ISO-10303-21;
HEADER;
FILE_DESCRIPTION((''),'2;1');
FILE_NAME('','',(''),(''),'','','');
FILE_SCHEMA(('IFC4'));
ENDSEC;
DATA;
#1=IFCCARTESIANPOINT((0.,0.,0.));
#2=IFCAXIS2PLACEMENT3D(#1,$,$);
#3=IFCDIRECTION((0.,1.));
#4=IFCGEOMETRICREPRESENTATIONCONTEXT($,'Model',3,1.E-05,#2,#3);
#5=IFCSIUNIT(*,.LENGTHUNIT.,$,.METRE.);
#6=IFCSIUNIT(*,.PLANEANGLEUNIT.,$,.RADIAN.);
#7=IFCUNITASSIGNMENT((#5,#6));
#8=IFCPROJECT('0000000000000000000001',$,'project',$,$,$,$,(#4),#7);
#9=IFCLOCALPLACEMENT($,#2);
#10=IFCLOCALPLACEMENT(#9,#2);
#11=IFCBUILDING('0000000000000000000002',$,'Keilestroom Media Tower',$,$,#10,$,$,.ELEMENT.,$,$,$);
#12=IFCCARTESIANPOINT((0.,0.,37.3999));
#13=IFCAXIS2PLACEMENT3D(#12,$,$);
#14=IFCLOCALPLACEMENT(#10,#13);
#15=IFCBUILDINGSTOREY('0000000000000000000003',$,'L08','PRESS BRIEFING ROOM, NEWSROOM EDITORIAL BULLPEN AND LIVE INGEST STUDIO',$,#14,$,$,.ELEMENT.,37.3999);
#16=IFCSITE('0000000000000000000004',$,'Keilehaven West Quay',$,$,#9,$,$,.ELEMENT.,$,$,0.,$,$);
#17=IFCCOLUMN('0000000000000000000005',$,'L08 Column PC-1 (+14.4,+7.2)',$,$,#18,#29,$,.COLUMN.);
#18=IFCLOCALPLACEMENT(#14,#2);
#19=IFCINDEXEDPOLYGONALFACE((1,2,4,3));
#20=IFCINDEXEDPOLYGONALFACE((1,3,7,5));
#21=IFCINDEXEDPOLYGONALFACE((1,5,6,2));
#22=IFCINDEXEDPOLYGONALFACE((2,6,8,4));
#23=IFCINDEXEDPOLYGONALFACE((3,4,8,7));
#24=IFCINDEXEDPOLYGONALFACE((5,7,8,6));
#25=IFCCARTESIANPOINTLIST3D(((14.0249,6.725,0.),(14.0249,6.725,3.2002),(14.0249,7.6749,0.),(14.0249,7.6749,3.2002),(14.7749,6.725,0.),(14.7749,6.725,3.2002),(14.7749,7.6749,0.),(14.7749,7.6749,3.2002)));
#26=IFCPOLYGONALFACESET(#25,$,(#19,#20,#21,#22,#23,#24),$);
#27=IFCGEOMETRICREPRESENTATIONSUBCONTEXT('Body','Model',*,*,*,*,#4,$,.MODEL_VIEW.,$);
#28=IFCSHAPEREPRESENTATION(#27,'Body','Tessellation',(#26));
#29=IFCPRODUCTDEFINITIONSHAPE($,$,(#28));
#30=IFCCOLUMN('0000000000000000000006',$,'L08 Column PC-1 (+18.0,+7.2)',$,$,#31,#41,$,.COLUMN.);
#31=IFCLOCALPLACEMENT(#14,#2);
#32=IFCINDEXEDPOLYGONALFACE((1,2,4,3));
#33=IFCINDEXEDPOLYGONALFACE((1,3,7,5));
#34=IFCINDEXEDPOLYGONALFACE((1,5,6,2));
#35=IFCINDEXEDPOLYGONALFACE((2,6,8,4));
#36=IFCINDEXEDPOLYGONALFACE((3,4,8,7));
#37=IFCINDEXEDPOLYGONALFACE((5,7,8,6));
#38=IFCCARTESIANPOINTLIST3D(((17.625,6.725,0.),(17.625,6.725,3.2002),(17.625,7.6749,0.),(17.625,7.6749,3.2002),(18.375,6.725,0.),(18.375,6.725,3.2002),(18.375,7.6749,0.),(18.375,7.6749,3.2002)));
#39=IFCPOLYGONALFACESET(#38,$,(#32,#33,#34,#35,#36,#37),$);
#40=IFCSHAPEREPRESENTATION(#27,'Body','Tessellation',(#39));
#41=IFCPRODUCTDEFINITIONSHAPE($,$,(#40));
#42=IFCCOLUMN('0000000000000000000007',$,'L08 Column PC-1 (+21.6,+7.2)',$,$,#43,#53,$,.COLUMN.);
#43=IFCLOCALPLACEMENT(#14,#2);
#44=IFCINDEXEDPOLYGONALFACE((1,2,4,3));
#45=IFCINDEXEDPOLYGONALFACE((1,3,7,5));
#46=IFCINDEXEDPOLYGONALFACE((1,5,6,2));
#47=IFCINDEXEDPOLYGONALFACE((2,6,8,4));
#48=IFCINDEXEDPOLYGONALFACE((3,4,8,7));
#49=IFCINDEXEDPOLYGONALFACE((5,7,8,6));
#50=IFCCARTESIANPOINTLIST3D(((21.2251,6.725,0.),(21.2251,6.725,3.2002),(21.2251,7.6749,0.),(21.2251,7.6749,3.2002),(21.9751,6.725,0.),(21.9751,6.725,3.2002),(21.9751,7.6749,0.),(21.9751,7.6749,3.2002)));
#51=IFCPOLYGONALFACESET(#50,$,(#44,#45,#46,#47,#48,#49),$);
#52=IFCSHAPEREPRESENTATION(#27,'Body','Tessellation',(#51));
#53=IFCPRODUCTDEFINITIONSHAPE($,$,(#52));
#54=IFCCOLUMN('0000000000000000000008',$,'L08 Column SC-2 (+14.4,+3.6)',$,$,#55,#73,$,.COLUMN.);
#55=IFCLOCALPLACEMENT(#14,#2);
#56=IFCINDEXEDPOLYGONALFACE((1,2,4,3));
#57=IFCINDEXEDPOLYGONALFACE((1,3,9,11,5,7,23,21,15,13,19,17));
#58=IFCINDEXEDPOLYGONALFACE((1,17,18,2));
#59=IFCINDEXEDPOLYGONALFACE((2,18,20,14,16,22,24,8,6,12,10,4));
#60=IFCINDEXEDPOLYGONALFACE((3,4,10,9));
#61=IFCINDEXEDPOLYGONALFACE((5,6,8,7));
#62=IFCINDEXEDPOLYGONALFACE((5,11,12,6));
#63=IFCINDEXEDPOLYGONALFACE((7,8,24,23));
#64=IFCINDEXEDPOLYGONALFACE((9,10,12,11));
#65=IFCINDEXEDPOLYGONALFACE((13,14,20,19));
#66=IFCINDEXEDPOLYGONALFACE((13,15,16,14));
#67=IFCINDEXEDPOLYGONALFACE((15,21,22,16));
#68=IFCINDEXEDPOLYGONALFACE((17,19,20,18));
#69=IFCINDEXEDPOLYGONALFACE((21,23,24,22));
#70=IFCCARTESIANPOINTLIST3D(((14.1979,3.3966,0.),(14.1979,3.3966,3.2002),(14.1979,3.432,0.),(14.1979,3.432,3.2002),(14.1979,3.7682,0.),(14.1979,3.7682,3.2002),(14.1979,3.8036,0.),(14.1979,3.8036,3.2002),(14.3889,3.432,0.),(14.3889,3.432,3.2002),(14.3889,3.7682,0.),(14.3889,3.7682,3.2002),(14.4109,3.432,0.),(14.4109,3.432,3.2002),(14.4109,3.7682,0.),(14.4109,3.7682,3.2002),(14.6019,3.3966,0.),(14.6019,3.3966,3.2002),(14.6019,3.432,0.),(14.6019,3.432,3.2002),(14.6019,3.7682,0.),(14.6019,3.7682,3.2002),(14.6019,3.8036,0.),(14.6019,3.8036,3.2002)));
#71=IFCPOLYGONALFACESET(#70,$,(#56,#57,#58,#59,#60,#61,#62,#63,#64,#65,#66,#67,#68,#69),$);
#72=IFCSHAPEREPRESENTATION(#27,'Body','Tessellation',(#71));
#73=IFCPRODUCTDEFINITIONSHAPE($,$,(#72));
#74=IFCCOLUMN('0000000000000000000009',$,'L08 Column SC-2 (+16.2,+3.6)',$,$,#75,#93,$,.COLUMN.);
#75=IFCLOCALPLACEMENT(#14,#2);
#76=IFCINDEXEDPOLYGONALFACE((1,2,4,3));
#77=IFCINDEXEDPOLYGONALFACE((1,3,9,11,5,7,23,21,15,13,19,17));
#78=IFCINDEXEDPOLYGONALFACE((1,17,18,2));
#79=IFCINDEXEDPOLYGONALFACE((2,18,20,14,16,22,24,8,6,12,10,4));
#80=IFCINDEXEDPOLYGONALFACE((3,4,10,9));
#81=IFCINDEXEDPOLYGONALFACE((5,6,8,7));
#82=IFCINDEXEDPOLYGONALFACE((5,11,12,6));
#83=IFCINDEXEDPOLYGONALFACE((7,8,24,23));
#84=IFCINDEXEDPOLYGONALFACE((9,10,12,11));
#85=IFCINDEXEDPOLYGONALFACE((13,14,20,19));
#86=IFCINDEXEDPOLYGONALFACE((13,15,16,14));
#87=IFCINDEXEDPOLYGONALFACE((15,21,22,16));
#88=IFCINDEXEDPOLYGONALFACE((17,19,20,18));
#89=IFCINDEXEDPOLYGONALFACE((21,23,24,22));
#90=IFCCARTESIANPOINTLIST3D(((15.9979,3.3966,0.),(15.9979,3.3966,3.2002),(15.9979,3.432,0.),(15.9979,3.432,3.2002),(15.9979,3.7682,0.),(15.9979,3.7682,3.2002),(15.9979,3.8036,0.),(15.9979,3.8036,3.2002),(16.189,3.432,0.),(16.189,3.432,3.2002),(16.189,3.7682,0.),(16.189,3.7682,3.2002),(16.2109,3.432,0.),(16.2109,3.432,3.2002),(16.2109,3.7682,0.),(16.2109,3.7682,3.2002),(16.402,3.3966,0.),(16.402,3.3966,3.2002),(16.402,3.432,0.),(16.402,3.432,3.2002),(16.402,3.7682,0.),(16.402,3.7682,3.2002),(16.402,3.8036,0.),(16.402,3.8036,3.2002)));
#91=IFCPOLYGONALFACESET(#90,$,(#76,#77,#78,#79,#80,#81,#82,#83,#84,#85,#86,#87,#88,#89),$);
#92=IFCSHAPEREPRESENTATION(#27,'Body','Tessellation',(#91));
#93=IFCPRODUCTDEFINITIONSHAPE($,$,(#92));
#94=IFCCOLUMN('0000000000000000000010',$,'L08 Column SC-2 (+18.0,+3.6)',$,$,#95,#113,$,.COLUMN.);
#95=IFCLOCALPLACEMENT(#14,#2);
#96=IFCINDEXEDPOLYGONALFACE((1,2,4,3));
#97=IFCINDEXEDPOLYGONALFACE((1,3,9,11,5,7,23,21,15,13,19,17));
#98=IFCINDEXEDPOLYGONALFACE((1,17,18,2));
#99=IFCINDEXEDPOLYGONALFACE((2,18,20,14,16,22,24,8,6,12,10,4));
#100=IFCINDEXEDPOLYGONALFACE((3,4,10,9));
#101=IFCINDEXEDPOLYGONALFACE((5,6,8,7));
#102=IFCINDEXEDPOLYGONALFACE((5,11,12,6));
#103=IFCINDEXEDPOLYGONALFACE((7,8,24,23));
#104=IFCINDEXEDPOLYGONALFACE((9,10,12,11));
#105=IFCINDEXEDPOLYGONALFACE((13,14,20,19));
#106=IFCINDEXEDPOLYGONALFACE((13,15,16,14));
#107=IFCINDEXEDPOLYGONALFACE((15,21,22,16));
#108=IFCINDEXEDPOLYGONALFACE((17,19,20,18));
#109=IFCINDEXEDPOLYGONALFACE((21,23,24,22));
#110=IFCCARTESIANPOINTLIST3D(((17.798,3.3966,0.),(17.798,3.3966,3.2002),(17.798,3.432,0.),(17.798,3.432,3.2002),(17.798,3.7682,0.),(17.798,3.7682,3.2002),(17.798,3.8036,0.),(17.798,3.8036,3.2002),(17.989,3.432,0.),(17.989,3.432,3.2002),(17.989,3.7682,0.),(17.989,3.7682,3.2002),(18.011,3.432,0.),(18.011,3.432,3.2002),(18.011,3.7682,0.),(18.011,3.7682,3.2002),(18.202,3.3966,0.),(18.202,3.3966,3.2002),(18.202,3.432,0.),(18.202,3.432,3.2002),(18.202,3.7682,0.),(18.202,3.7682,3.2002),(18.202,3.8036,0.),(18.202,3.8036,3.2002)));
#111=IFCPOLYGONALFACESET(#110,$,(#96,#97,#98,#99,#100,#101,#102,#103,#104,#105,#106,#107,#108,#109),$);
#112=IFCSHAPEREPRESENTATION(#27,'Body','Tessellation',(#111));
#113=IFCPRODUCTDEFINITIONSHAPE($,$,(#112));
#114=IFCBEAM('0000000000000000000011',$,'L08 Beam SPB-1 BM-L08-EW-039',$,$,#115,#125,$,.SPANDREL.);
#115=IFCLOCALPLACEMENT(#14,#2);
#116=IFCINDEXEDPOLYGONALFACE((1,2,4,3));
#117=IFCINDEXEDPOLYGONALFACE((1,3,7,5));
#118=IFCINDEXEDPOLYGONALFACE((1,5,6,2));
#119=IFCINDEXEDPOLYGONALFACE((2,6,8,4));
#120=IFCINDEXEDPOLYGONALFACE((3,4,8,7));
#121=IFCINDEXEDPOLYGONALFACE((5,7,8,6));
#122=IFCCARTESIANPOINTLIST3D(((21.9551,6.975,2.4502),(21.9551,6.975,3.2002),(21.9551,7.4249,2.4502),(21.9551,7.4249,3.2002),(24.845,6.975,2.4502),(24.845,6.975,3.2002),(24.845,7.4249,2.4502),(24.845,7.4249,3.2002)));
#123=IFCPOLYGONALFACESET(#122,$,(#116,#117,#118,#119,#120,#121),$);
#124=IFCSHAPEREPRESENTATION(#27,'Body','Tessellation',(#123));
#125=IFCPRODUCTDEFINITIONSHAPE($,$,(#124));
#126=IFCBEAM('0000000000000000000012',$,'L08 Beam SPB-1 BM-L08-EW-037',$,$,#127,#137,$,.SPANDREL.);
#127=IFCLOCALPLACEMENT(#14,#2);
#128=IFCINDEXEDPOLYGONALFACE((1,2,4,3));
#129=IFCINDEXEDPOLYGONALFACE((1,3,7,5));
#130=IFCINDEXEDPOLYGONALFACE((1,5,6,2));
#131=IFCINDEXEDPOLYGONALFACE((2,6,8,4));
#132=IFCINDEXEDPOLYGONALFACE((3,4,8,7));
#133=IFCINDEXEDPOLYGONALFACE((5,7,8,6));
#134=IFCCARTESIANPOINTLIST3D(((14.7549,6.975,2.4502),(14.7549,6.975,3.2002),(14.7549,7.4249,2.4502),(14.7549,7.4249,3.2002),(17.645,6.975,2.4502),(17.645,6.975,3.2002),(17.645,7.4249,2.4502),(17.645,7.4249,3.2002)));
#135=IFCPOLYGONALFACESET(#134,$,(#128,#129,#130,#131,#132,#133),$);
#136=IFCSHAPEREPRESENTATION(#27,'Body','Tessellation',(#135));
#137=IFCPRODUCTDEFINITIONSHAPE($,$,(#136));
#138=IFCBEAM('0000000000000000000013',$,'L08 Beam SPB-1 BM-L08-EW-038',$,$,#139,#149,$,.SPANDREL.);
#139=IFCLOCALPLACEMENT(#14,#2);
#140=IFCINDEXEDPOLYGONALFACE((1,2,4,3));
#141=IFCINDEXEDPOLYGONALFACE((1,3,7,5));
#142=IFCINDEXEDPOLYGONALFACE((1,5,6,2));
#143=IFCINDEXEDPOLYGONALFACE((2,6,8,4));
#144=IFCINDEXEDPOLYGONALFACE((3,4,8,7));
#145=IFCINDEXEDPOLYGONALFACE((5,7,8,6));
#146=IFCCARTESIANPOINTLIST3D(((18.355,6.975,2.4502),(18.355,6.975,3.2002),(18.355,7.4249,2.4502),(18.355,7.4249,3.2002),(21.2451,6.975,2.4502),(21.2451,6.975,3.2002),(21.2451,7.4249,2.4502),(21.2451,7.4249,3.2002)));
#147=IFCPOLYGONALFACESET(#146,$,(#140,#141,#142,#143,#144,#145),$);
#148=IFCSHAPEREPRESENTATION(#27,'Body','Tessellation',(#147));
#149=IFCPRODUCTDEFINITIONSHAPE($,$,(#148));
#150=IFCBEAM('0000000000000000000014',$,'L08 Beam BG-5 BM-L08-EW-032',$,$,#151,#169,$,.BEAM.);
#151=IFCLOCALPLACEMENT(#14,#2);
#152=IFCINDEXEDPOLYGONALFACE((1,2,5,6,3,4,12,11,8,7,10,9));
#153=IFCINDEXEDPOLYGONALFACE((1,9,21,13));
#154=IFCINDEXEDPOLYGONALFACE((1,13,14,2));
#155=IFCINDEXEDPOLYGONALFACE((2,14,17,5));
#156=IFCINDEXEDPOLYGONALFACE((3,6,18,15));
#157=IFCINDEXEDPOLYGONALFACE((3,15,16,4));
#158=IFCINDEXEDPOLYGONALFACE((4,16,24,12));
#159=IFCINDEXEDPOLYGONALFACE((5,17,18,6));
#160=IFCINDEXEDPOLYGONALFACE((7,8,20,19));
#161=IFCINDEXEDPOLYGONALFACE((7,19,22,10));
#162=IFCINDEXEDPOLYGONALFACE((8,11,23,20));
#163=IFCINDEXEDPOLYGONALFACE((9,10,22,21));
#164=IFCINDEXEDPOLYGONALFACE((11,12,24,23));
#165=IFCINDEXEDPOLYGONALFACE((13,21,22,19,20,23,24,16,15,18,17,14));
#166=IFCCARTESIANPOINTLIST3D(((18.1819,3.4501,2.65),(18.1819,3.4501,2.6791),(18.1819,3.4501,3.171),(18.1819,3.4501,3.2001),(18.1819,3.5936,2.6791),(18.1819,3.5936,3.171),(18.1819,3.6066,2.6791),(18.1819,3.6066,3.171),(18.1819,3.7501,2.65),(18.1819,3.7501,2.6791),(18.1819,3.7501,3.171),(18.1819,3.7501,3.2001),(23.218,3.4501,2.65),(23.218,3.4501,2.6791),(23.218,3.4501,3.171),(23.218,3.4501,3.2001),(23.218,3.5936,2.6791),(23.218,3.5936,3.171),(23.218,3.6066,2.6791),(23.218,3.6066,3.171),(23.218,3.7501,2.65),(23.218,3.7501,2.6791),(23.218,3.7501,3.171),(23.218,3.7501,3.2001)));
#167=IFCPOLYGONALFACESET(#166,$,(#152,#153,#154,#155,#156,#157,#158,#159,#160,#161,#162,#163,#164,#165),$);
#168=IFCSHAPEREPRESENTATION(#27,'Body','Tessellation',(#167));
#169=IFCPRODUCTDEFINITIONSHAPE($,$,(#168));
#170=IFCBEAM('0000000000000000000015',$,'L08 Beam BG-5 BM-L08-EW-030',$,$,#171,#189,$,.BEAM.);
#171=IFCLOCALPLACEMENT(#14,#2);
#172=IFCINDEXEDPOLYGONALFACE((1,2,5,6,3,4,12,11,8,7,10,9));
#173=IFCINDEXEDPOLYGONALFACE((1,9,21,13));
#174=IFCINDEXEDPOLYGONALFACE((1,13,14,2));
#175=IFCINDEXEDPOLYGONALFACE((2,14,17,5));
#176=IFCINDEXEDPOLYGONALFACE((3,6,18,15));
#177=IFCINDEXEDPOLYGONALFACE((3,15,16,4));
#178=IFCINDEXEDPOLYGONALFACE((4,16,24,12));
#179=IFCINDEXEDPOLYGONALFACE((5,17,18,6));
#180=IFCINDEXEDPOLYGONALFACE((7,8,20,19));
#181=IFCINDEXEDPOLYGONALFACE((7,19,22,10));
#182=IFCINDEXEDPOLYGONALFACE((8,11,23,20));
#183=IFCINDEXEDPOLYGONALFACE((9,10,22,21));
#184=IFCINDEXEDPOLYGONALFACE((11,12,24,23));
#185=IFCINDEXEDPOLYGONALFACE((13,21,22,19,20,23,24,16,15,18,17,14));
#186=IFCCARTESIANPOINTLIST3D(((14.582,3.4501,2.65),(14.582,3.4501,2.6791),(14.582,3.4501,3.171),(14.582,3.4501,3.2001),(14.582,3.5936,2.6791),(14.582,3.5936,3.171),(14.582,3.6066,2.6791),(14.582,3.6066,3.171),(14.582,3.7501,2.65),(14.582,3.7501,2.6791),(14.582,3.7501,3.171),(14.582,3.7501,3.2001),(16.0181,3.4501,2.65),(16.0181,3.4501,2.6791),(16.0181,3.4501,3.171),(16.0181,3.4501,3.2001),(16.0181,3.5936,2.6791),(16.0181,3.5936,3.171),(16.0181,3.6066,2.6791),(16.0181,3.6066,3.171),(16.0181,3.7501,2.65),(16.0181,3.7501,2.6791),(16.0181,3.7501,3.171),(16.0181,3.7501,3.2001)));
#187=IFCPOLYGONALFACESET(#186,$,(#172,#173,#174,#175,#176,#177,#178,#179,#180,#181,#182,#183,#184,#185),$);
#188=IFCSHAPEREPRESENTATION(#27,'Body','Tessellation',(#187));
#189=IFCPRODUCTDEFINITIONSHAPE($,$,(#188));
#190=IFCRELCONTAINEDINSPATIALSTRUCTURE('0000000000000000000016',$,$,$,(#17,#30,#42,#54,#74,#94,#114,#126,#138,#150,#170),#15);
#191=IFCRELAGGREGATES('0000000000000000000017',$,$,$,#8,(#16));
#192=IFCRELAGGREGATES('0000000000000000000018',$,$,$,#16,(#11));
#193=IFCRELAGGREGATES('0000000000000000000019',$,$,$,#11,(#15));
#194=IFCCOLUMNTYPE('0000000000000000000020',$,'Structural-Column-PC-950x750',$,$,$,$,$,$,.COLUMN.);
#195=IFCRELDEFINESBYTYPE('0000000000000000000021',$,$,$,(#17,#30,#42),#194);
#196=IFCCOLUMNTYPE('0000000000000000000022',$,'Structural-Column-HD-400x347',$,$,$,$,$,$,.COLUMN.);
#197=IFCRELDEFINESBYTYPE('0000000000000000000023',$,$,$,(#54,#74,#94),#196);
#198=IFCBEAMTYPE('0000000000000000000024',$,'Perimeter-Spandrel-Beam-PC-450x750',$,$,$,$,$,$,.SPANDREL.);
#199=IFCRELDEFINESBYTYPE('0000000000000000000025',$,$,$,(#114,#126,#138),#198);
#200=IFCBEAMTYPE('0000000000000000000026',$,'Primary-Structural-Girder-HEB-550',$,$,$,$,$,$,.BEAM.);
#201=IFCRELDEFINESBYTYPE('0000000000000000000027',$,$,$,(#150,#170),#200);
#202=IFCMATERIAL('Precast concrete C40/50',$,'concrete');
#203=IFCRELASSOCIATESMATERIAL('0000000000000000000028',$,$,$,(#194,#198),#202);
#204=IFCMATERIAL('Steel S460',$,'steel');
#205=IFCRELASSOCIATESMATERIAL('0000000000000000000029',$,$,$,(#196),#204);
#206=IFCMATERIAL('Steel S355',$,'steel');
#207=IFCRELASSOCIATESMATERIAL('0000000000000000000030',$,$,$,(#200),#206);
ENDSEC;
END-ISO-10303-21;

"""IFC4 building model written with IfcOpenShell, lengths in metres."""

from ifc_helpers import new_model, si_unit, direction, frame, origin, origin_2d, place, context, subcontext, project, spatial, rectangle, i_section, extrude, source, transform, mapped, material, material_profile, profile_set, type_object, element, save


model = new_model("IFC4")

# Units and contexts
model_context = context("Model", 3, precision=1e-05, world=origin(), true_north=direction((0.0, 1.0)))
body_context = subcontext(model_context, "Body", "Model", "MODEL_VIEW")
ifc_project = project(units=[si_unit("LENGTHUNIT", "METRE"), si_unit("PLANEANGLEUNIT", "RADIAN")], contexts=[model_context])

# Site, building, storey
site_placement = place(None, origin())
site = spatial("IfcSite", under=ifc_project, at=site_placement, Name="Keilehaven West Quay", CompositionType="ELEMENT", RefElevation=0.0)
building_placement = place(site_placement, origin())
building = spatial("IfcBuilding", under=site, at=building_placement, Name="Keilestroom Media Tower", CompositionType="ELEMENT")
storey_placement = place(building_placement, frame((0.0, 0.0, 37.3999)))
storey = spatial("IfcBuildingStorey", under=building, at=storey_placement, Name="L08", Description="PRESS BRIEFING ROOM, NEWSROOM EDITORIAL BULLPEN AND LIVE INGEST STUDIO", CompositionType="ELEMENT", Elevation=37.3999)

# Columns
ifc_material_1 = material(Name="Precast concrete C40/50", Category="concrete")
ifc_material_profile_1 = material_profile(ifc_material_1, rectangle(XDim=0.75, YDim=0.95, at=origin_2d()), Name="PC 950x750")
ifc_profile_set_1 = profile_set([ifc_material_profile_1], Name="Precast concrete C40/50")
column_type_1 = type_object("IfcColumnType", Name="Structural-Column-PC-950x750", PredefinedType="COLUMN", material=ifc_profile_set_1)
shared_shape_1 = source(origin(), body_context, "Body", "SweptSolid", [
    extrude(rectangle(XDim=0.75, YDim=0.95, at=origin_2d()), origin(), (0.0, 0.0, 1.0), 3.2002),
])
for number, where, z_axis, x_axis, name in (
    (1, (14.3999, 7.2, 0.0), (0.0, 0.0, 1.0), (1.0, 0.0, 0.0), "L08 Column PC-1 (+14.4,+7.2)"),
    (2, (18.0, 7.2, 0.0), (0.0, 0.0, 1.0), (1.0, 0.0, 0.0), "L08 Column PC-1 (+18.0,+7.2)"),
    (3, (21.6001, 7.2, 0.0), (0.0, 0.0, 1.0), (1.0, 0.0, 0.0), "L08 Column PC-1 (+21.6,+7.2)"),
):
    element("IfcColumn", number, at=place(storey_placement, frame(where, z_axis=z_axis, x_axis=x_axis)), inside=storey, type_object=column_type_1, Name=name, PredefinedType="COLUMN", context=body_context, shape_type="MappedRepresentation", body=[
        mapped(shared_shape_1, transform((0.0, 0.0, 0.0), x_axis=(1.0, 0.0, 0.0), y_axis=(0.0, 1.0, 0.0), z_axis=(0.0, 0.0, 1.0), scale=1.0)),
    ])
ifc_material_2 = material(Name="Steel S460", Category="steel")
ifc_material_profile_2 = material_profile(ifc_material_2, i_section(OverallWidth=0.4041, OverallDepth=0.407, WebThickness=0.022, FlangeThickness=0.0354, at=origin_2d()), Name="HD 400x347")
ifc_profile_set_2 = profile_set([ifc_material_profile_2], Name="Steel S460")
column_type_2 = type_object("IfcColumnType", Name="Structural-Column-HD-400x347", PredefinedType="COLUMN", material=ifc_profile_set_2)
shared_shape_2 = source(origin(), body_context, "Body", "SweptSolid", [
    extrude(i_section(OverallWidth=0.4041, OverallDepth=0.407, WebThickness=0.022, FlangeThickness=0.0354, at=origin_2d()), origin(), (0.0, 0.0, 1.0), 3.2002),
])
for number, where, z_axis, x_axis, name in (
    (4, (14.3999, 3.6001, 0.0), (0.0, 0.0, 1.0), (1.0, 0.0, 0.0), "L08 Column SC-2 (+14.4,+3.6)"),
    (5, (16.2, 3.6001, 0.0), (0.0, 0.0, 1.0), (1.0, 0.0, 0.0), "L08 Column SC-2 (+16.2,+3.6)"),
    (6, (18.0, 3.6001, 0.0), (0.0, 0.0, 1.0), (1.0, 0.0, 0.0), "L08 Column SC-2 (+18.0,+3.6)"),
):
    element("IfcColumn", number, at=place(storey_placement, frame(where, z_axis=z_axis, x_axis=x_axis)), inside=storey, type_object=column_type_2, Name=name, PredefinedType="COLUMN", context=body_context, shape_type="MappedRepresentation", body=[
        mapped(shared_shape_2, transform((0.0, 0.0, 0.0), x_axis=(1.0, 0.0, 0.0), y_axis=(0.0, 1.0, 0.0), z_axis=(0.0, 0.0, 1.0), scale=1.0)),
    ])

# Beams
ifc_material_profile_3 = material_profile(ifc_material_1, rectangle(XDim=0.45, YDim=0.75, at=origin_2d()), Name="PC 450x750")
ifc_profile_set_3 = profile_set([ifc_material_profile_3], Name="Precast concrete C40/50")
beam_type_1 = type_object("IfcBeamType", Name="Perimeter-Spandrel-Beam-PC-450x750", PredefinedType="SPANDREL", material=ifc_profile_set_3)
shared_shape_3 = source(origin(), body_context, "Body", "SweptSolid", [
    extrude(rectangle(XDim=0.45, YDim=0.75, at=origin_2d()), origin(), (0.0, 0.0, 1.0), 2.8899),
])
beam_1_placement = place(storey_placement, frame((21.9551, 7.2, 2.8252), z_axis=(1.0, 0.0, 0.0), x_axis=(0.0, 1.0, 0.0)))
element("IfcBeam", 7, at=beam_1_placement, inside=storey, type_object=beam_type_1, Name="L08 Beam SPB-1 BM-L08-EW-039", PredefinedType="SPANDREL", context=body_context, shape_type="MappedRepresentation", body=[
    mapped(shared_shape_3, transform((0.0, 0.0, 0.0), x_axis=(1.0, 0.0, 0.0), y_axis=(0.0, 1.0, 0.0), z_axis=(0.0, 0.0, 1.0), scale=1.0)),
])
shared_shape_4 = source(origin(), body_context, "Body", "SweptSolid", [
    extrude(rectangle(XDim=0.45, YDim=0.75, at=origin_2d()), origin(), (0.0, 0.0, 1.0), 2.8901),
])
for number, where, z_axis, x_axis, name in (
    (8, (14.7549, 7.2, 2.8252), (1.0, 0.0, 0.0), (0.0, 1.0, 0.0), "L08 Beam SPB-1 BM-L08-EW-037"),
    (9, (18.355, 7.2, 2.8252), (1.0, 0.0, 0.0), (0.0, 1.0, 0.0), "L08 Beam SPB-1 BM-L08-EW-038"),
):
    element("IfcBeam", number, at=place(storey_placement, frame(where, z_axis=z_axis, x_axis=x_axis)), inside=storey, type_object=beam_type_1, Name=name, PredefinedType="SPANDREL", context=body_context, shape_type="MappedRepresentation", body=[
        mapped(shared_shape_4, transform((0.0, 0.0, 0.0), x_axis=(1.0, 0.0, 0.0), y_axis=(0.0, 1.0, 0.0), z_axis=(0.0, 0.0, 1.0), scale=1.0)),
    ])
ifc_material_3 = material(Name="Steel S355", Category="steel")
ifc_material_profile_4 = material_profile(ifc_material_3, i_section(OverallWidth=0.3, OverallDepth=0.55, WebThickness=0.0129, FlangeThickness=0.0291, at=origin_2d()), Name="HEB 550")
ifc_profile_set_4 = profile_set([ifc_material_profile_4], Name="Steel S355")
beam_type_2 = type_object("IfcBeamType", Name="Primary-Structural-Girder-HEB-550", PredefinedType="BEAM", material=ifc_profile_set_4)
shared_shape_5 = source(origin(), body_context, "Body", "SweptSolid", [
    extrude(i_section(OverallWidth=0.3, OverallDepth=0.55, WebThickness=0.0129, FlangeThickness=0.0291, at=origin_2d()), origin(), (0.0, 0.0, 1.0), 5.0361),
])
beam_2_placement = place(storey_placement, frame((18.1819, 3.6001, 2.925), z_axis=(1.0, 0.0, 0.0), x_axis=(0.0, 1.0, 0.0)))
element("IfcBeam", 10, at=beam_2_placement, inside=storey, type_object=beam_type_2, Name="L08 Beam BG-5 BM-L08-EW-032", PredefinedType="BEAM", context=body_context, shape_type="MappedRepresentation", body=[
    mapped(shared_shape_5, transform((0.0, 0.0, 0.0), x_axis=(1.0, 0.0, 0.0), y_axis=(0.0, 1.0, 0.0), z_axis=(0.0, 0.0, 1.0), scale=1.0)),
])
shared_shape_6 = source(origin(), body_context, "Body", "SweptSolid", [
    extrude(i_section(OverallWidth=0.3, OverallDepth=0.55, WebThickness=0.0129, FlangeThickness=0.0291, at=origin_2d()), origin(), (0.0, 0.0, 1.0), 1.436),
])
for number, where, z_axis, x_axis, name in (
    (11, (14.582, 3.6001, 2.925), (1.0, 0.0, 0.0), (0.0, 1.0, 0.0), "L08 Beam BG-5 BM-L08-EW-030"),
):
    element("IfcBeam", number, at=place(storey_placement, frame(where, z_axis=z_axis, x_axis=x_axis)), inside=storey, type_object=beam_type_2, Name=name, PredefinedType="BEAM", context=body_context, shape_type="MappedRepresentation", body=[
        mapped(shared_shape_6, transform((0.0, 0.0, 0.0), x_axis=(1.0, 0.0, 0.0), y_axis=(0.0, 1.0, 0.0), z_axis=(0.0, 0.0, 1.0), scale=1.0)),
    ])

save(model, "model.ifc")
